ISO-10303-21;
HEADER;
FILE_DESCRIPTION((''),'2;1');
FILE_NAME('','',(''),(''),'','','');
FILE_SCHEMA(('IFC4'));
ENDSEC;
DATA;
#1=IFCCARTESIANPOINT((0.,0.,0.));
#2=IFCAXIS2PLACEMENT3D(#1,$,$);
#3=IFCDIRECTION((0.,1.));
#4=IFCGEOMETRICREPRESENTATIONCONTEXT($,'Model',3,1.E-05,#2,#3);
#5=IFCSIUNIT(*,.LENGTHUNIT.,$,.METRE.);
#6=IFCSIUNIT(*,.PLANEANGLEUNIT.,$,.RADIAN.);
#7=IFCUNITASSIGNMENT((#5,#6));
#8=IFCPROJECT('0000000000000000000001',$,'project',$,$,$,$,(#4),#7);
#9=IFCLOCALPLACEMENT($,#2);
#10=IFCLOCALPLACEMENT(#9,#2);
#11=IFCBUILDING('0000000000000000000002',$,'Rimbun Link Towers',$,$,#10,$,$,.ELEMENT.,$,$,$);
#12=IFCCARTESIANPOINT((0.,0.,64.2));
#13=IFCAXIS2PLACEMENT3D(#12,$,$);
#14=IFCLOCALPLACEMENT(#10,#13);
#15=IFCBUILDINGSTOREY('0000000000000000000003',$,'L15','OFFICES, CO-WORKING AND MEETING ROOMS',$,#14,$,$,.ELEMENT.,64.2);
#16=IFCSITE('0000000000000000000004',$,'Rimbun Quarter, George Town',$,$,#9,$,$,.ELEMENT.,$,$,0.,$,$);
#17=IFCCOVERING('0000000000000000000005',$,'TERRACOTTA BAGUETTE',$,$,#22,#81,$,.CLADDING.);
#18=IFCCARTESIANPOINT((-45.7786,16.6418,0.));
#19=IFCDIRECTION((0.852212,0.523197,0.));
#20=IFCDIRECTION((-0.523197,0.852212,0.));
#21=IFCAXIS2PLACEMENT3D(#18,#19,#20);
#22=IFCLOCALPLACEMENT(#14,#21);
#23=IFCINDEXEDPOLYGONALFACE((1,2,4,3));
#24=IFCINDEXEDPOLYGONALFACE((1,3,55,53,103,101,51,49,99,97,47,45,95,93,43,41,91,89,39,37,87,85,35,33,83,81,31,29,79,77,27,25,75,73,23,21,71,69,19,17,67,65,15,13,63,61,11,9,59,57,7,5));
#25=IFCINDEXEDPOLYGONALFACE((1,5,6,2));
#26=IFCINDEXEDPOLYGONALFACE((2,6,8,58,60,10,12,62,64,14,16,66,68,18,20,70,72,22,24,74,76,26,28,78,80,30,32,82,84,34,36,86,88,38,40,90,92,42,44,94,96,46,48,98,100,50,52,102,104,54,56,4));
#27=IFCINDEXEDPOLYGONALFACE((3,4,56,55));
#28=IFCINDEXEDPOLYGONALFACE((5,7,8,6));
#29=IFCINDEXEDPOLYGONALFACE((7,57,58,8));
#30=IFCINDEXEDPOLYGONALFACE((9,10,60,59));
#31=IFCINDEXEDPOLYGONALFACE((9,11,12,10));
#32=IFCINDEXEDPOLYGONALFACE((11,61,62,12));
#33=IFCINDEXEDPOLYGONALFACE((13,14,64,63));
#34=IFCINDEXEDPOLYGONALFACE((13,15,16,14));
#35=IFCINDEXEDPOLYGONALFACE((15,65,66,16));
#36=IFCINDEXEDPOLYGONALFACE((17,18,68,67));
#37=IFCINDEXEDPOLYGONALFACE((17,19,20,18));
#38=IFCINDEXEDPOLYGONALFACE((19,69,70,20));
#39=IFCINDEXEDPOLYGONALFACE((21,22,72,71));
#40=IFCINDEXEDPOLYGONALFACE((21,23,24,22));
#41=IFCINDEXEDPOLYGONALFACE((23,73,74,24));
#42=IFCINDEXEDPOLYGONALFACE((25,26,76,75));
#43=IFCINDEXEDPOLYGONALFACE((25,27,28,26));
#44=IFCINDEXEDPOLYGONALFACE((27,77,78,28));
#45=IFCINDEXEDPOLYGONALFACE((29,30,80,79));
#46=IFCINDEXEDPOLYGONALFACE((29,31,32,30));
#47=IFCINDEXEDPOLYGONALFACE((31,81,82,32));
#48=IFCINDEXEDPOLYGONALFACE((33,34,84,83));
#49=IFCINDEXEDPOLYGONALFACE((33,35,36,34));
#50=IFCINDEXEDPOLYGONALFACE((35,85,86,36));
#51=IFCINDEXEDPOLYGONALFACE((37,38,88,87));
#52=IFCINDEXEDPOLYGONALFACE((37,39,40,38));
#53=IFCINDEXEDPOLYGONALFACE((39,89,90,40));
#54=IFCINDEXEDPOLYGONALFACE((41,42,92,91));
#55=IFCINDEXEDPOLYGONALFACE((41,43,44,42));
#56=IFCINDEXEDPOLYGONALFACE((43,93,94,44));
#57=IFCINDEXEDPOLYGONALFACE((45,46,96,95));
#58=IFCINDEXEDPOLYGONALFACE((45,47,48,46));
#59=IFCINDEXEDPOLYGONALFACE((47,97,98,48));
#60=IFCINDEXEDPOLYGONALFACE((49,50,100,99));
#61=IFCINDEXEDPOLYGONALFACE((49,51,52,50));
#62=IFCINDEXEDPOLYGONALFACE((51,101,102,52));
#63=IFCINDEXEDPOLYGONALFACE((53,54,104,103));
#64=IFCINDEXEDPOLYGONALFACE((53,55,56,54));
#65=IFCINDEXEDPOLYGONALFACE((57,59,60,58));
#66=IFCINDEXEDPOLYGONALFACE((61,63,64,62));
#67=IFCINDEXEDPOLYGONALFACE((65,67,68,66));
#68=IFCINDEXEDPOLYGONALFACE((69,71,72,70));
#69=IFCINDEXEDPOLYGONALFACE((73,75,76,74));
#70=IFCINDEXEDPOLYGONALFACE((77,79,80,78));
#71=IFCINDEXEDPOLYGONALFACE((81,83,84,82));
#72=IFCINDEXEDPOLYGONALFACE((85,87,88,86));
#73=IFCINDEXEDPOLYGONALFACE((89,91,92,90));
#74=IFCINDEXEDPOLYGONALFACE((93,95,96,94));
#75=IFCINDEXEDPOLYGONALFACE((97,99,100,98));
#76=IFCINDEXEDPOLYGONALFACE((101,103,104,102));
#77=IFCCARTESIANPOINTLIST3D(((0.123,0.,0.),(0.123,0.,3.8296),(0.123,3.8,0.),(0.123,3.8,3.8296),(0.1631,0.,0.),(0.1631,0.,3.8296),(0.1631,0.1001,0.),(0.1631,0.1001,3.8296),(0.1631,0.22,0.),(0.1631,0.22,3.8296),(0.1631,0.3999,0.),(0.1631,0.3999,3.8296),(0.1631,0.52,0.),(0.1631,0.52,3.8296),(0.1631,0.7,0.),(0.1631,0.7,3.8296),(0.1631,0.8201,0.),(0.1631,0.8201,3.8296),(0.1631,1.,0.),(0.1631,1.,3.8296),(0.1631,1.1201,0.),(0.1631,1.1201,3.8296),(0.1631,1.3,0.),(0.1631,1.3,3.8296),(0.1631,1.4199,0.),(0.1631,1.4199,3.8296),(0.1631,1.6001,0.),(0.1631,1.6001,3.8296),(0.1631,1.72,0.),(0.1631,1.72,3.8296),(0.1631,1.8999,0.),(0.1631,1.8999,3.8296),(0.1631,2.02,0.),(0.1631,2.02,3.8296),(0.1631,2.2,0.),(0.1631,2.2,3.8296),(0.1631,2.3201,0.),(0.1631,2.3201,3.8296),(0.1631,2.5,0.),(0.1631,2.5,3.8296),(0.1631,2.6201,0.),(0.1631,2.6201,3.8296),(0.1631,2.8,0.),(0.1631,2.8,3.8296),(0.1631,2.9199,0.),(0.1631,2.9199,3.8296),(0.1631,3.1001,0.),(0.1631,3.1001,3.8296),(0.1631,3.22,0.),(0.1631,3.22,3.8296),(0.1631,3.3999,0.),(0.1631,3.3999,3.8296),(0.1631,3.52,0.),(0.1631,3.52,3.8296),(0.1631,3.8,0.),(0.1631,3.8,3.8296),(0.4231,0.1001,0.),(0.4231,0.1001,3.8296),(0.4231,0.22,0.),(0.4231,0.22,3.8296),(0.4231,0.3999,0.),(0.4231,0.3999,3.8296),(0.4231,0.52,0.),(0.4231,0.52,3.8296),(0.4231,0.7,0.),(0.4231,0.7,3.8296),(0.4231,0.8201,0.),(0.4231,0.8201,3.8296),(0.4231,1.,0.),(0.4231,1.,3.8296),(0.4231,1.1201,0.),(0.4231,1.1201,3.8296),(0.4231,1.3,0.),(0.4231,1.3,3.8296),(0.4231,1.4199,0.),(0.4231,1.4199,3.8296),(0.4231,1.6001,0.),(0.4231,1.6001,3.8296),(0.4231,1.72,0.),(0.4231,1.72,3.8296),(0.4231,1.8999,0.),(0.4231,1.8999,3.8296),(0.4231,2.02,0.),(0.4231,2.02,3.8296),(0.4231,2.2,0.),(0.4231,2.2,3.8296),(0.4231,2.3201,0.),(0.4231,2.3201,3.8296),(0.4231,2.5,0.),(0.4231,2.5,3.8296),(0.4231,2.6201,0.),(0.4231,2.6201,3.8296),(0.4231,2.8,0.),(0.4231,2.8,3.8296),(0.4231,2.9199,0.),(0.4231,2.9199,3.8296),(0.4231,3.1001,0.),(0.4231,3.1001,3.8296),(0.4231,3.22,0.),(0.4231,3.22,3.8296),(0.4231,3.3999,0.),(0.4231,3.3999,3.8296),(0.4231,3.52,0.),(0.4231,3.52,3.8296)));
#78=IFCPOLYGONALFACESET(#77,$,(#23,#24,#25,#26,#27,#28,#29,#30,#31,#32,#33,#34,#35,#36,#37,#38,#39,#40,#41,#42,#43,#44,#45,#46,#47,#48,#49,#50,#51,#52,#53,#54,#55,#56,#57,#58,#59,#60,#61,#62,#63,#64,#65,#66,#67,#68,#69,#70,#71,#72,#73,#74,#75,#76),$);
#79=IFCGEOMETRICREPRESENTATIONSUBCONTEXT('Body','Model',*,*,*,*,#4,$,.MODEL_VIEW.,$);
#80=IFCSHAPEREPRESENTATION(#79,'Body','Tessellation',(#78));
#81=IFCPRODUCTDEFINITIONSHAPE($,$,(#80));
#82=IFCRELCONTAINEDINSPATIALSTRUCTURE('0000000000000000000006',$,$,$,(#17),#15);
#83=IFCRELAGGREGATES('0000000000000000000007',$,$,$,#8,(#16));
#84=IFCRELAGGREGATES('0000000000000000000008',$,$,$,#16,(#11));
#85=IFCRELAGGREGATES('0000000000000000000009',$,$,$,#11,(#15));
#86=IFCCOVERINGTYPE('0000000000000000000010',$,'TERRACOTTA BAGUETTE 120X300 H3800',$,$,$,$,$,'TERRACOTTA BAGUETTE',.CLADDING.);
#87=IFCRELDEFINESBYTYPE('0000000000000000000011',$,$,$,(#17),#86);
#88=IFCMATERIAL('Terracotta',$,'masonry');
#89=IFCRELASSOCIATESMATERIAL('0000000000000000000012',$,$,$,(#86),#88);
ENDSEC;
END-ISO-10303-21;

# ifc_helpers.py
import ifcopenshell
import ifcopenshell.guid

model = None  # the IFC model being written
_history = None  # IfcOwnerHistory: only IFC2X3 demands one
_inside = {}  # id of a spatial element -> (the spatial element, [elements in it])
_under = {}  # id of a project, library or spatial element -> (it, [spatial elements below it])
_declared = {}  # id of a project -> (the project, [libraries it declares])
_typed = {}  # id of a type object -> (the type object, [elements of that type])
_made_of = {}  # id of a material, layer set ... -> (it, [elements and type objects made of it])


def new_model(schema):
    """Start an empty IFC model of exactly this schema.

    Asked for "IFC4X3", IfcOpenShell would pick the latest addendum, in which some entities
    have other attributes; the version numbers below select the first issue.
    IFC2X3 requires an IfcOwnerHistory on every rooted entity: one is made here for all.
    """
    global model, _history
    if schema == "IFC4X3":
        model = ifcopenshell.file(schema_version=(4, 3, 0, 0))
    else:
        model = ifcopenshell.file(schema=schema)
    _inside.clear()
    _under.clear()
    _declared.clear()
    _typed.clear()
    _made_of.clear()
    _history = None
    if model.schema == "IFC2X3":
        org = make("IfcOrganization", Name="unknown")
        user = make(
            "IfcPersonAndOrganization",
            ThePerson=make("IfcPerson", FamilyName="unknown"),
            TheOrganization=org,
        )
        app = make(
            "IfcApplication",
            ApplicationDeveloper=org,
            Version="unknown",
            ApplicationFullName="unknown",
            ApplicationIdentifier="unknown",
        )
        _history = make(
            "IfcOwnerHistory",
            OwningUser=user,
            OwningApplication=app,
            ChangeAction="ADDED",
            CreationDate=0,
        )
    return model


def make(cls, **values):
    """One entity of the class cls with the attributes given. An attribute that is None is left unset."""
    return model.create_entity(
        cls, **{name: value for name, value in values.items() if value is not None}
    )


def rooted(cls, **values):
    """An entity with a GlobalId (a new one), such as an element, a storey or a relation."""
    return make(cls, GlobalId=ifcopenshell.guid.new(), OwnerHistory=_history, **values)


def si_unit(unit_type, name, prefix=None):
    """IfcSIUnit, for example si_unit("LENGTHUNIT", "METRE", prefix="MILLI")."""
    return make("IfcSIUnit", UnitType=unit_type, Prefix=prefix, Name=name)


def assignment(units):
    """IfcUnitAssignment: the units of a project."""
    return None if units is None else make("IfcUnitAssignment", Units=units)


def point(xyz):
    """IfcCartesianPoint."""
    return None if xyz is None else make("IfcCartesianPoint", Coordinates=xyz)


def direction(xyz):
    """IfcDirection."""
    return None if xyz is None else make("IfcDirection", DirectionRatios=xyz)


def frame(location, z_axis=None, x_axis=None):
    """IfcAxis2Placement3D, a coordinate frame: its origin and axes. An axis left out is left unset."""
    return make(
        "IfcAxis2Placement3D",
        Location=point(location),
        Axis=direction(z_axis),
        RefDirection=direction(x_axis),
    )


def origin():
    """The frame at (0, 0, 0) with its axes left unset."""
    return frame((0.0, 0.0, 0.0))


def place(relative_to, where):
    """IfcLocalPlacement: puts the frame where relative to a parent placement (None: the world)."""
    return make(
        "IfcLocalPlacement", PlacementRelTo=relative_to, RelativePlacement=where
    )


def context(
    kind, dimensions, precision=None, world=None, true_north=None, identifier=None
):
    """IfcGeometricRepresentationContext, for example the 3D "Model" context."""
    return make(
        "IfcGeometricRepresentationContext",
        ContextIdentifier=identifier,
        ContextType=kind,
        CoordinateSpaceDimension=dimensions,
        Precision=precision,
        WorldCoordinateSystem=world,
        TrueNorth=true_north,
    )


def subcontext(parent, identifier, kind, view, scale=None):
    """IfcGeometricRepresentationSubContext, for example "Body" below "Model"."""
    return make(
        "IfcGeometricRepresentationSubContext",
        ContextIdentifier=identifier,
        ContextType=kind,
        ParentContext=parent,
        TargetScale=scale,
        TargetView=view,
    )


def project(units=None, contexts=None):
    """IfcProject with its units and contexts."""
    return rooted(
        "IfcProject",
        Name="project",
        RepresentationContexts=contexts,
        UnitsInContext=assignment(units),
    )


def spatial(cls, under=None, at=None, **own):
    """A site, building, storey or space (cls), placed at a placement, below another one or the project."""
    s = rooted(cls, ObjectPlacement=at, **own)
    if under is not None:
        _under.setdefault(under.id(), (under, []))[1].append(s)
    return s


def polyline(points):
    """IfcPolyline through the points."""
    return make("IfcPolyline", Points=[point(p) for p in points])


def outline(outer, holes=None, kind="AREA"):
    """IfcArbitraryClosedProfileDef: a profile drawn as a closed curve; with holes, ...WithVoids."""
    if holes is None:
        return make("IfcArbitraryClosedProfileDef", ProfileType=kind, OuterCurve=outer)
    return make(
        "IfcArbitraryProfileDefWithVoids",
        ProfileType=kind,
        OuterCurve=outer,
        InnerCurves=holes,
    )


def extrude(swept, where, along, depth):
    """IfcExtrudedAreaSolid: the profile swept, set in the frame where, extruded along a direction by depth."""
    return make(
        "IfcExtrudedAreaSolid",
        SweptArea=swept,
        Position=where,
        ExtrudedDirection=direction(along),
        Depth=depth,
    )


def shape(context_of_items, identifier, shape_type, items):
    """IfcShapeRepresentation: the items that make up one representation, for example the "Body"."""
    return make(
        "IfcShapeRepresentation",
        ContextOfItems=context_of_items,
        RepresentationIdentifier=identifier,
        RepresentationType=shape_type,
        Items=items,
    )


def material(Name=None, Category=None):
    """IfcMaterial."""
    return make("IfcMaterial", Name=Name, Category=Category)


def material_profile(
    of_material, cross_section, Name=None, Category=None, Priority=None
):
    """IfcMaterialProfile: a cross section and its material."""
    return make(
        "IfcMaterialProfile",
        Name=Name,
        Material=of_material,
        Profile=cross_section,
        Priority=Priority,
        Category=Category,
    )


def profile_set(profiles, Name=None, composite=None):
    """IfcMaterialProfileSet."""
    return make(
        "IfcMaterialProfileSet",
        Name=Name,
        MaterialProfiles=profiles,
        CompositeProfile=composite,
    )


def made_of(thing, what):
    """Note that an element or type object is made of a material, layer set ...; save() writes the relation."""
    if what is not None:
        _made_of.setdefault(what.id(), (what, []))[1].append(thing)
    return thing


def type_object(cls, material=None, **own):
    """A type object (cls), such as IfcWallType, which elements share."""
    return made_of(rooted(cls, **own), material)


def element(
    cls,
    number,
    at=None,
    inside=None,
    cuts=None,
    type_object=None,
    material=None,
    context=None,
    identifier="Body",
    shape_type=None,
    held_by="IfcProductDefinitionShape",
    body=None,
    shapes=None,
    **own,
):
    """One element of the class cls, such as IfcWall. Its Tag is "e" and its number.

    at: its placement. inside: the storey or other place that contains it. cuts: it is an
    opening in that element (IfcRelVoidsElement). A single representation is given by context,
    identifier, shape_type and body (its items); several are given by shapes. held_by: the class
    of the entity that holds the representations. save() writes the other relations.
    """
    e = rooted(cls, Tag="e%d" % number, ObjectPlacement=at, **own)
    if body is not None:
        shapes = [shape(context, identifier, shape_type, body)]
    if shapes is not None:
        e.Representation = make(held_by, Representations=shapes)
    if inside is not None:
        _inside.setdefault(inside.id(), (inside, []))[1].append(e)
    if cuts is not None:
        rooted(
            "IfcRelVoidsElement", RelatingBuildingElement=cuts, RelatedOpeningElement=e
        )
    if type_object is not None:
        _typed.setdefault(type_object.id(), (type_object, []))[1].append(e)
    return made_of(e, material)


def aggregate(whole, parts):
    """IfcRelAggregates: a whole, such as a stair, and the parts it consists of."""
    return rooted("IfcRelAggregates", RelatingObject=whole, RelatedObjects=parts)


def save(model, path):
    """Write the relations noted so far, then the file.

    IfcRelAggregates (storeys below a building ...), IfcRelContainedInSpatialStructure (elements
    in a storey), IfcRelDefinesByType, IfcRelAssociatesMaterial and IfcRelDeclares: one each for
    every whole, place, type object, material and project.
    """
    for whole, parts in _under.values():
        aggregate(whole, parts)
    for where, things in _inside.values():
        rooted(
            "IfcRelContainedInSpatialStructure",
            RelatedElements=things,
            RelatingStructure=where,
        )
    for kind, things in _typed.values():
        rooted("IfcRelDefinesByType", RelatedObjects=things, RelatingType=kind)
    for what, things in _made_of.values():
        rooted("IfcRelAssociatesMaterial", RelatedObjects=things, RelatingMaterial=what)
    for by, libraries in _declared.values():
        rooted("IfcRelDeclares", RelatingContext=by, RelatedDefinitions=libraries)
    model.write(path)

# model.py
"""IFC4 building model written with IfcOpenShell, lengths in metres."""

from ifc_helpers import new_model, si_unit, direction, frame, origin, place, context, subcontext, project, spatial, polyline, outline, extrude, material, material_profile, profile_set, type_object, element, save


model = new_model("IFC4")

# Units and contexts
model_context = context("Model", 3, precision=1e-05, world=origin(), true_north=direction((0.0, 1.0)))
body_context = subcontext(model_context, "Body", "Model", "MODEL_VIEW")
ifc_project = project(units=[si_unit("LENGTHUNIT", "METRE"), si_unit("PLANEANGLEUNIT", "RADIAN")], contexts=[model_context])

# Site, building, storey
site_placement = place(None, origin())
site = spatial("IfcSite", under=ifc_project, at=site_placement, Name="Rimbun Quarter, George Town", CompositionType="ELEMENT", RefElevation=0.0)
building_placement = place(site_placement, origin())
building = spatial("IfcBuilding", under=site, at=building_placement, Name="Rimbun Link Towers", CompositionType="ELEMENT")
storey_placement = place(building_placement, frame((0.0, 0.0, 64.2)))
storey = spatial("IfcBuildingStorey", under=building, at=storey_placement, Name="L15", Description="OFFICES, CO-WORKING AND MEETING ROOMS", CompositionType="ELEMENT", Elevation=64.2)

# Covering
ifc_material_1 = material(Name="Terracotta", Category="masonry")
ifc_material_profile_1 = material_profile(ifc_material_1, outline(polyline([(0.123, 0.0), (0.1631, 0.0), (0.1631, 0.1001), (0.4231, 0.1001), (0.4231, 0.22), (0.1631, 0.22), (0.1631, 0.3999), (0.4231, 0.3999), (0.4231, 0.52), (0.1631, 0.52), (0.1631, 0.7), (0.4231, 0.7), (0.4231, 0.8201), (0.1631, 0.8201), (0.1631, 1.0), (0.4231, 1.0), (0.4231, 1.1201), (0.1631, 1.1201), (0.1631, 1.3), (0.4231, 1.3), (0.4231, 1.4199), (0.1631, 1.4199), (0.1631, 1.6001), (0.4231, 1.6001), (0.4231, 1.72), (0.1631, 1.72), (0.1631, 1.8999), (0.4231, 1.8999), (0.4231, 2.02), (0.1631, 2.02), (0.1631, 2.2), (0.4231, 2.2), (0.4231, 2.3201), (0.1631, 2.3201), (0.1631, 2.5), (0.4231, 2.5), (0.4231, 2.6201), (0.1631, 2.6201), (0.1631, 2.8), (0.4231, 2.8), (0.4231, 2.9199), (0.1631, 2.9199), (0.1631, 3.1001), (0.4231, 3.1001), (0.4231, 3.22), (0.1631, 3.22), (0.1631, 3.3999), (0.4231, 3.3999), (0.4231, 3.52), (0.1631, 3.52), (0.1631, 3.8), (0.123, 3.8), (0.123, 0.0)])), Name="BAGUETTE 120X300")
ifc_profile_set_1 = profile_set([ifc_material_profile_1], Name="Terracotta")
covering_type = type_object("IfcCoveringType", Name="TERRACOTTA BAGUETTE 120X300 H3800", ElementType="TERRACOTTA BAGUETTE", PredefinedType="CLADDING", material=ifc_profile_set_1)
covering_placement = place(storey_placement, frame((-45.7786, 16.6418, 0.0), z_axis=(0.852212, 0.523197, 0.0), x_axis=(-0.523197, 0.852212, 0.0)))
element("IfcCovering", 1, at=covering_placement, inside=storey, type_object=covering_type, Name="TERRACOTTA BAGUETTE", PredefinedType="CLADDING", context=body_context, shape_type="SweptSolid", body=[
    extrude(outline(polyline([(0.123, 0.0), (0.1631, 0.0), (0.1631, 0.1001), (0.4231, 0.1001), (0.4231, 0.22), (0.1631, 0.22), (0.1631, 0.3999), (0.4231, 0.3999), (0.4231, 0.52), (0.1631, 0.52), (0.1631, 0.7), (0.4231, 0.7), (0.4231, 0.8201), (0.1631, 0.8201), (0.1631, 1.0), (0.4231, 1.0), (0.4231, 1.1201), (0.1631, 1.1201), (0.1631, 1.3), (0.4231, 1.3), (0.4231, 1.4199), (0.1631, 1.4199), (0.1631, 1.6001), (0.4231, 1.6001), (0.4231, 1.72), (0.1631, 1.72), (0.1631, 1.8999), (0.4231, 1.8999), (0.4231, 2.02), (0.1631, 2.02), (0.1631, 2.2), (0.4231, 2.2), (0.4231, 2.3201), (0.1631, 2.3201), (0.1631, 2.5), (0.4231, 2.5), (0.4231, 2.6201), (0.1631, 2.6201), (0.1631, 2.8), (0.4231, 2.8), (0.4231, 2.9199), (0.1631, 2.9199), (0.1631, 3.1001), (0.4231, 3.1001), (0.4231, 3.22), (0.1631, 3.22), (0.1631, 3.3999), (0.4231, 3.3999), (0.4231, 3.52), (0.1631, 3.52), (0.1631, 3.8), (0.123, 3.8), (0.123, 0.0)])), origin(), (0.0, 0.0, 1.0), 3.8296),
])

save(model, "model.ifc")
